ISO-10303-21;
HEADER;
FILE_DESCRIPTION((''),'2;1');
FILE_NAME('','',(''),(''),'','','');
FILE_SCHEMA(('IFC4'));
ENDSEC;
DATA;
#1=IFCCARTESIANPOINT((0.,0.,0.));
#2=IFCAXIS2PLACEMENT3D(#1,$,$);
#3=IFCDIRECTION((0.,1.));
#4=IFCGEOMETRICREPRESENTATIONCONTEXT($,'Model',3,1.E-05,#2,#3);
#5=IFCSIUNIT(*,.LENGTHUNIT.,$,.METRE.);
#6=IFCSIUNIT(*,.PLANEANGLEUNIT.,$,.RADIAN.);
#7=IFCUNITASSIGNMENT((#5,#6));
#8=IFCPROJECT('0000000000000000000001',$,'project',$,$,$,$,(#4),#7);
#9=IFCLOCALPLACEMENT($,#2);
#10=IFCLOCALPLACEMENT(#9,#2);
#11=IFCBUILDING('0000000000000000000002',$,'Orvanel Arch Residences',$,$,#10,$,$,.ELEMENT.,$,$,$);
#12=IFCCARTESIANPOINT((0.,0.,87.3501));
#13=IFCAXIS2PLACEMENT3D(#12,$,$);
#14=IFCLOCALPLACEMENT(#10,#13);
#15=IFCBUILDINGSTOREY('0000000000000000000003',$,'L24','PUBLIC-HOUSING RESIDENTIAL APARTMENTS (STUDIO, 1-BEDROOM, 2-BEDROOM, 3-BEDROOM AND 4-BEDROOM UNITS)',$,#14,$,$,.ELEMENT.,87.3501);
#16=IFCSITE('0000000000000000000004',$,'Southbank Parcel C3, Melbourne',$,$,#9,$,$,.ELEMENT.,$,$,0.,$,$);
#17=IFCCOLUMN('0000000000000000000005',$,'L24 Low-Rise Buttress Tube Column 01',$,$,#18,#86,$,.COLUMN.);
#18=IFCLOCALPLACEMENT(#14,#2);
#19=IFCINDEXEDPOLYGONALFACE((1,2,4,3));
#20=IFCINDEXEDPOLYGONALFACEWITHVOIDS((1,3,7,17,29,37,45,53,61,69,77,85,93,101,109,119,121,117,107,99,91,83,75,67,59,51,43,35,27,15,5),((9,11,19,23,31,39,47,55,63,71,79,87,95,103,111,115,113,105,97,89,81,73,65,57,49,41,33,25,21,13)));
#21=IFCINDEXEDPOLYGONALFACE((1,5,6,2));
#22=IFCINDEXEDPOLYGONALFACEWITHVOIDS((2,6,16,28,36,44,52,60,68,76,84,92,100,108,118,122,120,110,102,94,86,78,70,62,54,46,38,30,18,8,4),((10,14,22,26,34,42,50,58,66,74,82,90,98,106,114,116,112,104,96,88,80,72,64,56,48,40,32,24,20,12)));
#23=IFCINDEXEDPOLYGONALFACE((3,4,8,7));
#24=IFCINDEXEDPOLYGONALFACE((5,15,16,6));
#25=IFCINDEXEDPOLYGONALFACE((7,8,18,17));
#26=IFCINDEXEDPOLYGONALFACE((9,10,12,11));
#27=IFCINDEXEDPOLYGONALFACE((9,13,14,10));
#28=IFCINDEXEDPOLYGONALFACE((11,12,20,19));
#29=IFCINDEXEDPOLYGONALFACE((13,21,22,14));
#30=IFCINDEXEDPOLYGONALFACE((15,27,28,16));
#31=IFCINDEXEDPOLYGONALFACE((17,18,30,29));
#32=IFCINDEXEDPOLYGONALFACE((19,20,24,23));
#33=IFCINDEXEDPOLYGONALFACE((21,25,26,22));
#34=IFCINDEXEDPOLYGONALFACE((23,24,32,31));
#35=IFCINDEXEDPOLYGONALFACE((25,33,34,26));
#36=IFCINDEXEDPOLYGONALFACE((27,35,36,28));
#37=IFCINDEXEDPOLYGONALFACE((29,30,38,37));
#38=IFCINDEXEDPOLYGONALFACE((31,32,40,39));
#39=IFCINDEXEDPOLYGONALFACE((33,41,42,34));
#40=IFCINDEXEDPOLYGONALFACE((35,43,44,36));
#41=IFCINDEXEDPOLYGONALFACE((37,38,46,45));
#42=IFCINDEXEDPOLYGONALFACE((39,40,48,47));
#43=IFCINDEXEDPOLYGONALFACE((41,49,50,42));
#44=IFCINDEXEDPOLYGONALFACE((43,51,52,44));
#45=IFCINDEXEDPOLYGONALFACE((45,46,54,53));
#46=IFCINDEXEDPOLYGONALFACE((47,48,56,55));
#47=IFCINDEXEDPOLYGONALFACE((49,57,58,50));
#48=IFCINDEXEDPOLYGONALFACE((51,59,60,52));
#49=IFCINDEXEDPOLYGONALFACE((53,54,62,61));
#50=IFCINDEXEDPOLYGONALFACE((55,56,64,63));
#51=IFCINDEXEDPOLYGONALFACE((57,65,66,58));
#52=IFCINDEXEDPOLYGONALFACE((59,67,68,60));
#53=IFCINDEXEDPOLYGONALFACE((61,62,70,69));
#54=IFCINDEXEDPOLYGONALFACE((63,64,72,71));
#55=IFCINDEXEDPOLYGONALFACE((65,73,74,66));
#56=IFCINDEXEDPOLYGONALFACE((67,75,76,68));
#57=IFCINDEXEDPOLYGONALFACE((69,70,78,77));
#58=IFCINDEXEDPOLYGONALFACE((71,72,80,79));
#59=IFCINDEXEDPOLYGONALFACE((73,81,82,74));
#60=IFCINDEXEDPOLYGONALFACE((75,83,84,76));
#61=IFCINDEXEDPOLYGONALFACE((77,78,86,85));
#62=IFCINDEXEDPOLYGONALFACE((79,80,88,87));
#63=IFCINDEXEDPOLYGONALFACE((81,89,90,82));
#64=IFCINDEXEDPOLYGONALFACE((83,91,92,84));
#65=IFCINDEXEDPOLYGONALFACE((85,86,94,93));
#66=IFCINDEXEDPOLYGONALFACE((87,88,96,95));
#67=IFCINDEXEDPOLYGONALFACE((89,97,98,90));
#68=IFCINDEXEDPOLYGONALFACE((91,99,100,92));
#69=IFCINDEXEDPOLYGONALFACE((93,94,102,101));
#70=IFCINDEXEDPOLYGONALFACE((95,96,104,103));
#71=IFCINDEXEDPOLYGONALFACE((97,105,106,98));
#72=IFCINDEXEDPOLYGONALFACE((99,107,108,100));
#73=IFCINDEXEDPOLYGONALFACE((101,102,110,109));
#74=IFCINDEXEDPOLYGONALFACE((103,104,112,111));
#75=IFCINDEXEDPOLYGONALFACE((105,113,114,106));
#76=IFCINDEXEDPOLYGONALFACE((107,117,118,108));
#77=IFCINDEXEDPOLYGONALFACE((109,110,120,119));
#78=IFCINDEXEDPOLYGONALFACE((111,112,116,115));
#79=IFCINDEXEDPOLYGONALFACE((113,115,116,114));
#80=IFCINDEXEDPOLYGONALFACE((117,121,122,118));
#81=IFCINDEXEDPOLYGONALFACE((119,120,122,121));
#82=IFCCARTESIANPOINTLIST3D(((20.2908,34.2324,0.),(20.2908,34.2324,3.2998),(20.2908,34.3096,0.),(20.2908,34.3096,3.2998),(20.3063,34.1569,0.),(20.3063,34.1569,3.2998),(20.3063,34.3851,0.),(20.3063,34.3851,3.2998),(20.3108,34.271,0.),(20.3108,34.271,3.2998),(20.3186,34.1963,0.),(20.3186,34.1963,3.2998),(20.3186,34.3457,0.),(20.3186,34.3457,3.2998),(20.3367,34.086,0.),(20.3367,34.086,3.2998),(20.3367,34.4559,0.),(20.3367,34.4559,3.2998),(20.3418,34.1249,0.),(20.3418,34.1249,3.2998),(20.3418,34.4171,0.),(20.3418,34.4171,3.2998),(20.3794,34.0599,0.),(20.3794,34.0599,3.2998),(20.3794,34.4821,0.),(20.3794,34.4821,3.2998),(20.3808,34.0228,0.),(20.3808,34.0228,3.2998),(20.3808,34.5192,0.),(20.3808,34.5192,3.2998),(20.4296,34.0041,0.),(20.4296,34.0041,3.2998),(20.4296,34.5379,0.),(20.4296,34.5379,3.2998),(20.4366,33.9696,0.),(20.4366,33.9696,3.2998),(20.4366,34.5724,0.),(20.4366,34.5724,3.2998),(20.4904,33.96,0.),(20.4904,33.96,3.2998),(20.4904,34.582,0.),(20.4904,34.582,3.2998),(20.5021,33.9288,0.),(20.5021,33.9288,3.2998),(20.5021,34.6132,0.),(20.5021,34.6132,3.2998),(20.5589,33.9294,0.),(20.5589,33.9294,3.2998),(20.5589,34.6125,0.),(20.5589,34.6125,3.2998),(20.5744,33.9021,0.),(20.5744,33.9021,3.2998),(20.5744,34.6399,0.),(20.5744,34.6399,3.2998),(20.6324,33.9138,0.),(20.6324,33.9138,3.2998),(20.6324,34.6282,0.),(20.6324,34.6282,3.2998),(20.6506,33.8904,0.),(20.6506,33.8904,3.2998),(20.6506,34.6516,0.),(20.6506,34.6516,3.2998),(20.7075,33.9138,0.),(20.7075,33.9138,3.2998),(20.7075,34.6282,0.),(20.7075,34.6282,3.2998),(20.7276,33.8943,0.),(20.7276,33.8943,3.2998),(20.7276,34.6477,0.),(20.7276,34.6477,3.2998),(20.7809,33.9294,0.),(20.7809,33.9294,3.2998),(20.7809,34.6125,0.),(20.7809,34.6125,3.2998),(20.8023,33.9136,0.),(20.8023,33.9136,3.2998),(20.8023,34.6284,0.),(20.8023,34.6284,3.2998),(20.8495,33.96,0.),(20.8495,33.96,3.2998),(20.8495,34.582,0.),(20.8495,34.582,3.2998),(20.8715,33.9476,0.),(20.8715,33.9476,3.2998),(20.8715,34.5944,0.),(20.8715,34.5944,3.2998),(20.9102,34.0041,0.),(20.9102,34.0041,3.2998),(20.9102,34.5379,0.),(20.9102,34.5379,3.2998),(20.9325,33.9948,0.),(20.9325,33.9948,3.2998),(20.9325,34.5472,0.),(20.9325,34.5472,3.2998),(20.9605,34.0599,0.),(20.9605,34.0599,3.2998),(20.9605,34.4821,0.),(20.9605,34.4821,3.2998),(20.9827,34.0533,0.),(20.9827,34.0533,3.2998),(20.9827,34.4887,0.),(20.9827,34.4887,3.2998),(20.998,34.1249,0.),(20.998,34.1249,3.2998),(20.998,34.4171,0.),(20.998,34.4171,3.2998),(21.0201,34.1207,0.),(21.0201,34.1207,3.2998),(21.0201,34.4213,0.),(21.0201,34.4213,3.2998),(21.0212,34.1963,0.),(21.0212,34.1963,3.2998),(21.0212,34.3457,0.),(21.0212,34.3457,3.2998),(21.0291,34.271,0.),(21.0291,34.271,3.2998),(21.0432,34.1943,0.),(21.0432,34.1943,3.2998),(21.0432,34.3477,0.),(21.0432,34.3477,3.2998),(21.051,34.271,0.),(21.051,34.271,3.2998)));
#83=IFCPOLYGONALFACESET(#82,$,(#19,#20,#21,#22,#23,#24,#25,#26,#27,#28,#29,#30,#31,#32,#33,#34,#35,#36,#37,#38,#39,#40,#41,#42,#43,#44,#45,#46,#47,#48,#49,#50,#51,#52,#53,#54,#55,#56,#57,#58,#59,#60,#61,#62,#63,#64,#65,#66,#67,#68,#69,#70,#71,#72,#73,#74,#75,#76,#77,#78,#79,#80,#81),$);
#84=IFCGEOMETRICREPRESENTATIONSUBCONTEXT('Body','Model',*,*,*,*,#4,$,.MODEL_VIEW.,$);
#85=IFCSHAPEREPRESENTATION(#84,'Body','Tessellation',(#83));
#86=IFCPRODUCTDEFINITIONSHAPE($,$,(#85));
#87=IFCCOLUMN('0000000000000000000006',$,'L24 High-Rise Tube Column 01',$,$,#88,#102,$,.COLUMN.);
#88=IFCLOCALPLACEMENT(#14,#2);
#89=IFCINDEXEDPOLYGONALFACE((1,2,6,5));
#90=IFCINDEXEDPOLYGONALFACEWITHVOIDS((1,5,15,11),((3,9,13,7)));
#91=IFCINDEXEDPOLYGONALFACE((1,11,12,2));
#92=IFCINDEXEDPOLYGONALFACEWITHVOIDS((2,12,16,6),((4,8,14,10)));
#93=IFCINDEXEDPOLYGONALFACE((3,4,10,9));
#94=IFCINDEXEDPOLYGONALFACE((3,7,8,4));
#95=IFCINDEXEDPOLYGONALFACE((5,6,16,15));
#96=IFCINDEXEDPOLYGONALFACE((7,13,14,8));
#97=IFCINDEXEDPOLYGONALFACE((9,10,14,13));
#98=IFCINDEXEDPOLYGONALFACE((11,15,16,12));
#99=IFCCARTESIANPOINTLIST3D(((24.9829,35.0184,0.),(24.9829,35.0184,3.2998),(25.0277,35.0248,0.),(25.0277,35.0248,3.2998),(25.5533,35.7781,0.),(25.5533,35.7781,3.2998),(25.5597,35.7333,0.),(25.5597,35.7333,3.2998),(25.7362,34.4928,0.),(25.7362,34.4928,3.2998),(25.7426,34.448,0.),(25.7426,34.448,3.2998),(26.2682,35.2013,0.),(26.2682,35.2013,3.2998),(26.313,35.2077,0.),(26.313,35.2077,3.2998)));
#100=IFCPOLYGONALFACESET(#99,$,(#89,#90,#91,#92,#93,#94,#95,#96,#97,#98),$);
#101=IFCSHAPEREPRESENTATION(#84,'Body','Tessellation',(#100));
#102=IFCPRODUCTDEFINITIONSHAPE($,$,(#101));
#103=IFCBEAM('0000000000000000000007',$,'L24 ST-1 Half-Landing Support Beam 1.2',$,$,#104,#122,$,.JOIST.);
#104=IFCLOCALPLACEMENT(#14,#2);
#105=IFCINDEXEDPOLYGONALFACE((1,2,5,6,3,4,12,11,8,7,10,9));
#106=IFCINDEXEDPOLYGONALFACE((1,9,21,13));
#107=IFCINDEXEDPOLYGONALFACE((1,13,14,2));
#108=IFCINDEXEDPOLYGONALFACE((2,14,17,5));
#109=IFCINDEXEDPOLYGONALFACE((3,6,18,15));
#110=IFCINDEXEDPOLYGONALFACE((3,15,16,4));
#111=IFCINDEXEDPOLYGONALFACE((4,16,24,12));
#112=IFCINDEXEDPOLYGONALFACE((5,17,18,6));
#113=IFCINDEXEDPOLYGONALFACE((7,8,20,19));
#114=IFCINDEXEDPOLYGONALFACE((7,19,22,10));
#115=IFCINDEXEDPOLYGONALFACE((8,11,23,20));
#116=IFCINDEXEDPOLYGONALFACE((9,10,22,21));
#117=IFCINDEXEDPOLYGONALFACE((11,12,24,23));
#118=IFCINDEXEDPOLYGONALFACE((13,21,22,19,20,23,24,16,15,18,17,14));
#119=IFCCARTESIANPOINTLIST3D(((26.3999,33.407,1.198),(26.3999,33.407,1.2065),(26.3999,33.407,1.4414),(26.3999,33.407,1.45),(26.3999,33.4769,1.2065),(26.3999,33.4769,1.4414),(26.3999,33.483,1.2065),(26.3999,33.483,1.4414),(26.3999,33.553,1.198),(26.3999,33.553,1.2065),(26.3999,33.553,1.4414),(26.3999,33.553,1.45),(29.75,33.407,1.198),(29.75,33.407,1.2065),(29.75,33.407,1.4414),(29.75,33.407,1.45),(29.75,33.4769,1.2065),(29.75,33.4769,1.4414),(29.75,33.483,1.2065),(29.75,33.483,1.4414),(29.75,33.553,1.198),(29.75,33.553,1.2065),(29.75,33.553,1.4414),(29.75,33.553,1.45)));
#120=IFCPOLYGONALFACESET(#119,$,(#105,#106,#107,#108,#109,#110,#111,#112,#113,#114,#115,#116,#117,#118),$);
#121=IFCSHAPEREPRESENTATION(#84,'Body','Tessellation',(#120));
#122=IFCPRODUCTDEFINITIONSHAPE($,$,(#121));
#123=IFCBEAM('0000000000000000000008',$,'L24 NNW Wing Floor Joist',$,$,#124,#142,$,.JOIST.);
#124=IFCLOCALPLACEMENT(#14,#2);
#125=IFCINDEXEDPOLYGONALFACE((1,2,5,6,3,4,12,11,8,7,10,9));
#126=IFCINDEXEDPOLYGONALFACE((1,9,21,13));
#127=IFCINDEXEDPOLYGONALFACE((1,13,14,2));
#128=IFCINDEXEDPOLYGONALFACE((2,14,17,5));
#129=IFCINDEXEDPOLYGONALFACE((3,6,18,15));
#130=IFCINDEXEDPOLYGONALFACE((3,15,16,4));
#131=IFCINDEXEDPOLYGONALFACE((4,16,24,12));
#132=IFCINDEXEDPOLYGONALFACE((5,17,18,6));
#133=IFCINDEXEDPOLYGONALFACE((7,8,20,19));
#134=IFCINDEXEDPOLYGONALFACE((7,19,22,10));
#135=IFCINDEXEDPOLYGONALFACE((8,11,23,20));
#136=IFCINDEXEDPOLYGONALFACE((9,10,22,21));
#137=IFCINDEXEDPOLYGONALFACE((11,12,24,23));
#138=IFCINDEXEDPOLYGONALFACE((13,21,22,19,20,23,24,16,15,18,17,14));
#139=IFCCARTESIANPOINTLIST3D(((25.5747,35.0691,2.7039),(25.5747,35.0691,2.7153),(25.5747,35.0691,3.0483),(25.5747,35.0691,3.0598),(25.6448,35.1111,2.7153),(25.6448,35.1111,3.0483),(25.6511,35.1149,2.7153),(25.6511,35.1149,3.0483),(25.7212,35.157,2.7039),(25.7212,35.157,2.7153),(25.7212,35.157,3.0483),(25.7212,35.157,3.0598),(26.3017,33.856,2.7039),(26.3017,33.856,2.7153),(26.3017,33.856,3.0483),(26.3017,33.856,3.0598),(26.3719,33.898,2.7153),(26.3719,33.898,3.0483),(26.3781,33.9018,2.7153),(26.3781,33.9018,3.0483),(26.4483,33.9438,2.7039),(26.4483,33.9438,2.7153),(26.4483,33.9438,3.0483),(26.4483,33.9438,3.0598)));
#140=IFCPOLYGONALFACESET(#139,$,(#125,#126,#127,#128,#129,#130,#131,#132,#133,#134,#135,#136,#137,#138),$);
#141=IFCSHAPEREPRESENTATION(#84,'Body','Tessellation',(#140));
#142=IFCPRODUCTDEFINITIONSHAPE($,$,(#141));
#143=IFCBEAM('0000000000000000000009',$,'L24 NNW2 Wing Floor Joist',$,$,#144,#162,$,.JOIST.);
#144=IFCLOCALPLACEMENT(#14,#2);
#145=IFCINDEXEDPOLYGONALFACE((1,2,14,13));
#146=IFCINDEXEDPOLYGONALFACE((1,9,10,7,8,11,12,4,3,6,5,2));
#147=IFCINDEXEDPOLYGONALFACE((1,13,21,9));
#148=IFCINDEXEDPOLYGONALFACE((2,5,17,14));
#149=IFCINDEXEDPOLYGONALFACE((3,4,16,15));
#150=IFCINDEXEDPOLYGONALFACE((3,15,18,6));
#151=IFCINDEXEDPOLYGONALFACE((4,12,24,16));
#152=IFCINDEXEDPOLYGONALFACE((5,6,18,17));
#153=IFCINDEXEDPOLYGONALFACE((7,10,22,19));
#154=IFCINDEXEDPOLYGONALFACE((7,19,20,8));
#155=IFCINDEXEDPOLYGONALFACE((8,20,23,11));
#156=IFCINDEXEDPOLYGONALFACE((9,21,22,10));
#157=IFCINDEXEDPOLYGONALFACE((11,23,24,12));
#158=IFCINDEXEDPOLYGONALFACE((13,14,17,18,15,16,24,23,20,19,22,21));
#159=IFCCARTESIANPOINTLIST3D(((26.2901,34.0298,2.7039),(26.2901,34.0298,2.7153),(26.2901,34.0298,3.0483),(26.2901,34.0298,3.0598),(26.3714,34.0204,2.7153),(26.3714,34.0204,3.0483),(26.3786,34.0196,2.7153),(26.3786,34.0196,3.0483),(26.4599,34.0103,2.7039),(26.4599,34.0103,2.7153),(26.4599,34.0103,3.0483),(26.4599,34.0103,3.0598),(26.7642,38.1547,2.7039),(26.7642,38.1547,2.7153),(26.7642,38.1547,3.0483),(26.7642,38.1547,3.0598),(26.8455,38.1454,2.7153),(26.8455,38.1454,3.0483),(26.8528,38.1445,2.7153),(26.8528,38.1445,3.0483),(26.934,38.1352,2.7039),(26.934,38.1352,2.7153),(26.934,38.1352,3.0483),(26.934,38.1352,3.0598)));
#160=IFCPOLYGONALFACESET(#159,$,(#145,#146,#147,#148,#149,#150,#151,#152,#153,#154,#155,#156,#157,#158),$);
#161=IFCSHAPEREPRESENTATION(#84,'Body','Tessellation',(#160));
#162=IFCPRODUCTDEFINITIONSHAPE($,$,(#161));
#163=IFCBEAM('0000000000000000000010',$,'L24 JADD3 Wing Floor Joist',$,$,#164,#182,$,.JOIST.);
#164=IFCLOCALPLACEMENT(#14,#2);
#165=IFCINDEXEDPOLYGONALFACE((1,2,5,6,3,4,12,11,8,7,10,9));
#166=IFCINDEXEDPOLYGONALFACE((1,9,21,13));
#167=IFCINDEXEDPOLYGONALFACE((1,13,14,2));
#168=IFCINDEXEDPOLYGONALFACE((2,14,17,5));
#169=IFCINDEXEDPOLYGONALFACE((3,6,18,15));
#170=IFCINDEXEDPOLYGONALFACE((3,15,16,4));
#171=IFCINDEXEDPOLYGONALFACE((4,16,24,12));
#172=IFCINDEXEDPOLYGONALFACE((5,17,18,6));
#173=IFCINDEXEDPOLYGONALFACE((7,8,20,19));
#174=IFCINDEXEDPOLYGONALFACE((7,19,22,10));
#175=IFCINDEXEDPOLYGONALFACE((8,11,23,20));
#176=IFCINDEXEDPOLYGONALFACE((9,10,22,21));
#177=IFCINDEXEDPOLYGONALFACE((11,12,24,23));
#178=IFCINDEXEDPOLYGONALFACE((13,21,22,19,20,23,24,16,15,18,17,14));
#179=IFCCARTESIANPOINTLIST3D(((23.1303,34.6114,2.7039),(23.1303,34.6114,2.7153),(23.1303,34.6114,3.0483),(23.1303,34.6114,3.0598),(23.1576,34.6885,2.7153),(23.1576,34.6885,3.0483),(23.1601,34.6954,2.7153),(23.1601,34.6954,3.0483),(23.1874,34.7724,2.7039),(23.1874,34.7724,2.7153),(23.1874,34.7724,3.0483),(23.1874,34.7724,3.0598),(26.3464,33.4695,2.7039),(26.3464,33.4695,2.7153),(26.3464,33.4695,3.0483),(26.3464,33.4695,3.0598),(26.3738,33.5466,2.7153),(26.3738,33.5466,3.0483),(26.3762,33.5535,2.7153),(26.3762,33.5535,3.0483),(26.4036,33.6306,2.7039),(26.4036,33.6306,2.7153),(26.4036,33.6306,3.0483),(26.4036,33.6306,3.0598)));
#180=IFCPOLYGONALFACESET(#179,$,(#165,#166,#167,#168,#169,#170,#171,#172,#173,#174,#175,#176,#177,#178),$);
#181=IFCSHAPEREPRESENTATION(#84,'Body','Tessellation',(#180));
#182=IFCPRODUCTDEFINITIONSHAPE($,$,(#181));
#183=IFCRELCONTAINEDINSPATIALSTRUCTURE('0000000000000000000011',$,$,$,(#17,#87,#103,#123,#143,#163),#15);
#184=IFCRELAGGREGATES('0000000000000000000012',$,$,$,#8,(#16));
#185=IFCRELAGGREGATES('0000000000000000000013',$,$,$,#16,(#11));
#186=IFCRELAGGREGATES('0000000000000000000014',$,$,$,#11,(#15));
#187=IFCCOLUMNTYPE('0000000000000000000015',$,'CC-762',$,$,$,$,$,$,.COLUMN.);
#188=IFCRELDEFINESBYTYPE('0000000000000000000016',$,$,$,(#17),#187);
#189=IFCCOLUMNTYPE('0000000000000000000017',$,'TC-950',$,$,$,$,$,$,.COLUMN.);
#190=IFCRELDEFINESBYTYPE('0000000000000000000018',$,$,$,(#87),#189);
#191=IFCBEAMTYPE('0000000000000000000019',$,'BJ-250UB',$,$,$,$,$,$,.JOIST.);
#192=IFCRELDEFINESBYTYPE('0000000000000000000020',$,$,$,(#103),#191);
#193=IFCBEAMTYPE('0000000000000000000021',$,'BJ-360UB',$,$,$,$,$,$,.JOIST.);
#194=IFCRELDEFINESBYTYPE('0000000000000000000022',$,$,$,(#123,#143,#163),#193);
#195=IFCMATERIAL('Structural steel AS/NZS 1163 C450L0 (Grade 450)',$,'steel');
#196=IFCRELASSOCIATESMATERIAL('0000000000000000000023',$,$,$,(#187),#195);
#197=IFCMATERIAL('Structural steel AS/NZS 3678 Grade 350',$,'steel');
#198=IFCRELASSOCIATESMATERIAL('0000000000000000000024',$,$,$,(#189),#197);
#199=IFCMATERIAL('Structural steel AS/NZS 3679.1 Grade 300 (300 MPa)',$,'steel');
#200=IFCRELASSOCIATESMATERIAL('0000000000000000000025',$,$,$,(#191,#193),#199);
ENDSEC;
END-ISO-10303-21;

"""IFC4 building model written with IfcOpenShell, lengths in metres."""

from ifc_helpers import new_model, si_unit, direction, frame, origin, origin_2d, place, context, subcontext, project, spatial, hollow_rectangle, hollow_circle, i_section, extrude, material, material_profile, profile_set, type_object, element, save


model = new_model("IFC4")

# Units and contexts
model_context = context("Model", 3, precision=1e-05, world=origin(), true_north=direction((0.0, 1.0)))
body_context = subcontext(model_context, "Body", "Model", "MODEL_VIEW")
ifc_project = project(units=[si_unit("LENGTHUNIT", "METRE"), si_unit("PLANEANGLEUNIT", "RADIAN")], contexts=[model_context])

# Site, building, storey
site_placement = place(None, origin())
site = spatial("IfcSite", under=ifc_project, at=site_placement, Name="Southbank Parcel C3, Melbourne", CompositionType="ELEMENT", RefElevation=0.0)
building_placement = place(site_placement, origin())
building = spatial("IfcBuilding", under=site, at=building_placement, Name="Orvanel Arch Residences", CompositionType="ELEMENT")
storey_placement = place(building_placement, frame((0.0, 0.0, 87.3501)))
storey = spatial("IfcBuildingStorey", under=building, at=storey_placement, Name="L24", Description="PUBLIC-HOUSING RESIDENTIAL APARTMENTS (STUDIO, 1-BEDROOM, 2-BEDROOM, 3-BEDROOM AND 4-BEDROOM UNITS)", CompositionType="ELEMENT", Elevation=87.3501)

# Columns
ifc_material_1 = material(Name="Structural steel AS/NZS 1163 C450L0 (Grade 450)", Category="steel")
ifc_material_profile_1 = material_profile(ifc_material_1, hollow_circle(Radius=0.3811, WallThickness=0.022, at=origin_2d()), Name="CHS762x22")
ifc_profile_set_1 = profile_set([ifc_material_profile_1], Name="Structural steel AS/NZS 1163 C450L0 (Grade 450)")
column_type_1 = type_object("IfcColumnType", Name="CC-762", PredefinedType="COLUMN", material=ifc_profile_set_1)
column_1_placement = place(storey_placement, frame((20.6699, 34.271, 0.0), z_axis=(0.0, 0.0, 1.0), x_axis=(1.0, 0.0, 0.0)))
element("IfcColumn", 1, at=column_1_placement, inside=storey, type_object=column_type_1, Name="L24 Low-Rise Buttress Tube Column 01", PredefinedType="COLUMN", context=body_context, shape_type="SweptSolid", body=[
    extrude(hollow_circle(Radius=0.3811, WallThickness=0.022, at=origin_2d()), origin(), (0.0, 0.0, 1.0), 3.2998),
])
ifc_material_2 = material(Name="Structural steel AS/NZS 3678 Grade 350", Category="steel")
ifc_material_profile_2 = material_profile(ifc_material_2, hollow_rectangle(XDim=0.95, YDim=0.95, WallThickness=0.032, at=origin_2d()), Name="BOX950x950x32")
ifc_profile_set_2 = profile_set([ifc_material_profile_2], Name="Structural steel AS/NZS 3678 Grade 350")
column_type_2 = type_object("IfcColumnType", Name="TC-950", PredefinedType="COLUMN", material=ifc_profile_set_2)
column_2_placement = place(storey_placement, frame((25.6479, 35.113, 0.0), z_axis=(0.0, 0.0, 1.0), x_axis=(0.60042, 0.799685, 0.0)))
element("IfcColumn", 2, at=column_2_placement, inside=storey, type_object=column_type_2, Name="L24 High-Rise Tube Column 01", PredefinedType="COLUMN", context=body_context, shape_type="SweptSolid", body=[
    extrude(hollow_rectangle(XDim=0.95, YDim=0.95, WallThickness=0.032, at=origin_2d()), origin(), (0.0, 0.0, 1.0), 3.2998),
])

# Beams
ifc_material_3 = material(Name="Structural steel AS/NZS 3679.1 Grade 300 (300 MPa)", Category="steel")
ifc_material_profile_3 = material_profile(ifc_material_3, i_section(OverallWidth=0.146, OverallDepth=0.252, WebThickness=0.0061, FlangeThickness=0.0085, at=origin_2d()), Name="250UB31.4")
ifc_profile_set_3 = profile_set([ifc_material_profile_3], Name="Structural steel AS/NZS 3679.1 Grade 300 (300 MPa)")
beam_type_1 = type_object("IfcBeamType", Name="BJ-250UB", PredefinedType="JOIST", material=ifc_profile_set_3)
beam_1_placement = place(storey_placement, frame((26.3999, 33.48, 1.324), z_axis=(1.0, 0.0, 0.0), x_axis=(0.0, 1.0, 0.0)))
element("IfcBeam", 3, at=beam_1_placement, inside=storey, type_object=beam_type_1, Name="L24 ST-1 Half-Landing Support Beam 1.2", PredefinedType="JOIST", context=body_context, shape_type="SweptSolid", body=[
    extrude(i_section(OverallWidth=0.146, OverallDepth=0.252, WebThickness=0.0061, FlangeThickness=0.0085, at=origin_2d()), origin(), (0.0, 0.0, 1.0), 3.3501),
])
ifc_material_profile_4 = material_profile(ifc_material_3, i_section(OverallWidth=0.1709, OverallDepth=0.356, WebThickness=0.0073, FlangeThickness=0.0115, at=origin_2d()), Name="360UB50.7")
ifc_profile_set_4 = profile_set([ifc_material_profile_4], Name="Structural steel AS/NZS 3679.1 Grade 300 (300 MPa)")
beam_type_2 = type_object("IfcBeamType", Name="BJ-360UB", PredefinedType="JOIST", material=ifc_profile_set_4)
beam_2_placement = place(storey_placement, frame((26.375, 33.8999, 2.8818), z_axis=(-0.514064, 0.857752, 0.0), x_axis=(-0.857752, -0.514064, 0.0)))
element("IfcBeam", 4, at=beam_2_placement, inside=storey, type_object=beam_type_2, Name="L24 NNW Wing Floor Joist", PredefinedType="JOIST", context=body_context, shape_type="SweptSolid", body=[
    extrude(i_section(OverallWidth=0.1709, OverallDepth=0.356, WebThickness=0.0073, FlangeThickness=0.0115, at=origin_2d()), origin(), (0.0, 0.0, 1.0), 1.4143),
])
beam_3_placement = place(storey_placement, frame((26.375, 34.02, 2.8818), z_axis=(0.114187, 0.993459, 0.0), x_axis=(-0.993459, 0.114187, 0.0)))
element("IfcBeam", 5, at=beam_3_placement, inside=storey, type_object=beam_type_2, Name="L24 NNW2 Wing Floor Joist", PredefinedType="JOIST", context=body_context, shape_type="SweptSolid", body=[
    extrude(i_section(OverallWidth=0.1709, OverallDepth=0.356, WebThickness=0.0073, FlangeThickness=0.0115, at=origin_2d()), origin(), (0.0, 0.0, 1.0), 4.1521),
])
beam_4_placement = place(storey_placement, frame((26.375, 33.55, 2.8818), z_axis=(-0.942367, 0.334582, 0.0), x_axis=(-0.334582, -0.942367, 0.0)))
element("IfcBeam", 6, at=beam_4_placement, inside=storey, type_object=beam_type_2, Name="L24 JADD3 Wing Floor Joist", PredefinedType="JOIST", context=body_context, shape_type="SweptSolid", body=[
    extrude(i_section(OverallWidth=0.1709, OverallDepth=0.356, WebThickness=0.0073, FlangeThickness=0.0115, at=origin_2d()), origin(), (0.0, 0.0, 1.0), 3.4128),
])

save(model, "model.ifc")
